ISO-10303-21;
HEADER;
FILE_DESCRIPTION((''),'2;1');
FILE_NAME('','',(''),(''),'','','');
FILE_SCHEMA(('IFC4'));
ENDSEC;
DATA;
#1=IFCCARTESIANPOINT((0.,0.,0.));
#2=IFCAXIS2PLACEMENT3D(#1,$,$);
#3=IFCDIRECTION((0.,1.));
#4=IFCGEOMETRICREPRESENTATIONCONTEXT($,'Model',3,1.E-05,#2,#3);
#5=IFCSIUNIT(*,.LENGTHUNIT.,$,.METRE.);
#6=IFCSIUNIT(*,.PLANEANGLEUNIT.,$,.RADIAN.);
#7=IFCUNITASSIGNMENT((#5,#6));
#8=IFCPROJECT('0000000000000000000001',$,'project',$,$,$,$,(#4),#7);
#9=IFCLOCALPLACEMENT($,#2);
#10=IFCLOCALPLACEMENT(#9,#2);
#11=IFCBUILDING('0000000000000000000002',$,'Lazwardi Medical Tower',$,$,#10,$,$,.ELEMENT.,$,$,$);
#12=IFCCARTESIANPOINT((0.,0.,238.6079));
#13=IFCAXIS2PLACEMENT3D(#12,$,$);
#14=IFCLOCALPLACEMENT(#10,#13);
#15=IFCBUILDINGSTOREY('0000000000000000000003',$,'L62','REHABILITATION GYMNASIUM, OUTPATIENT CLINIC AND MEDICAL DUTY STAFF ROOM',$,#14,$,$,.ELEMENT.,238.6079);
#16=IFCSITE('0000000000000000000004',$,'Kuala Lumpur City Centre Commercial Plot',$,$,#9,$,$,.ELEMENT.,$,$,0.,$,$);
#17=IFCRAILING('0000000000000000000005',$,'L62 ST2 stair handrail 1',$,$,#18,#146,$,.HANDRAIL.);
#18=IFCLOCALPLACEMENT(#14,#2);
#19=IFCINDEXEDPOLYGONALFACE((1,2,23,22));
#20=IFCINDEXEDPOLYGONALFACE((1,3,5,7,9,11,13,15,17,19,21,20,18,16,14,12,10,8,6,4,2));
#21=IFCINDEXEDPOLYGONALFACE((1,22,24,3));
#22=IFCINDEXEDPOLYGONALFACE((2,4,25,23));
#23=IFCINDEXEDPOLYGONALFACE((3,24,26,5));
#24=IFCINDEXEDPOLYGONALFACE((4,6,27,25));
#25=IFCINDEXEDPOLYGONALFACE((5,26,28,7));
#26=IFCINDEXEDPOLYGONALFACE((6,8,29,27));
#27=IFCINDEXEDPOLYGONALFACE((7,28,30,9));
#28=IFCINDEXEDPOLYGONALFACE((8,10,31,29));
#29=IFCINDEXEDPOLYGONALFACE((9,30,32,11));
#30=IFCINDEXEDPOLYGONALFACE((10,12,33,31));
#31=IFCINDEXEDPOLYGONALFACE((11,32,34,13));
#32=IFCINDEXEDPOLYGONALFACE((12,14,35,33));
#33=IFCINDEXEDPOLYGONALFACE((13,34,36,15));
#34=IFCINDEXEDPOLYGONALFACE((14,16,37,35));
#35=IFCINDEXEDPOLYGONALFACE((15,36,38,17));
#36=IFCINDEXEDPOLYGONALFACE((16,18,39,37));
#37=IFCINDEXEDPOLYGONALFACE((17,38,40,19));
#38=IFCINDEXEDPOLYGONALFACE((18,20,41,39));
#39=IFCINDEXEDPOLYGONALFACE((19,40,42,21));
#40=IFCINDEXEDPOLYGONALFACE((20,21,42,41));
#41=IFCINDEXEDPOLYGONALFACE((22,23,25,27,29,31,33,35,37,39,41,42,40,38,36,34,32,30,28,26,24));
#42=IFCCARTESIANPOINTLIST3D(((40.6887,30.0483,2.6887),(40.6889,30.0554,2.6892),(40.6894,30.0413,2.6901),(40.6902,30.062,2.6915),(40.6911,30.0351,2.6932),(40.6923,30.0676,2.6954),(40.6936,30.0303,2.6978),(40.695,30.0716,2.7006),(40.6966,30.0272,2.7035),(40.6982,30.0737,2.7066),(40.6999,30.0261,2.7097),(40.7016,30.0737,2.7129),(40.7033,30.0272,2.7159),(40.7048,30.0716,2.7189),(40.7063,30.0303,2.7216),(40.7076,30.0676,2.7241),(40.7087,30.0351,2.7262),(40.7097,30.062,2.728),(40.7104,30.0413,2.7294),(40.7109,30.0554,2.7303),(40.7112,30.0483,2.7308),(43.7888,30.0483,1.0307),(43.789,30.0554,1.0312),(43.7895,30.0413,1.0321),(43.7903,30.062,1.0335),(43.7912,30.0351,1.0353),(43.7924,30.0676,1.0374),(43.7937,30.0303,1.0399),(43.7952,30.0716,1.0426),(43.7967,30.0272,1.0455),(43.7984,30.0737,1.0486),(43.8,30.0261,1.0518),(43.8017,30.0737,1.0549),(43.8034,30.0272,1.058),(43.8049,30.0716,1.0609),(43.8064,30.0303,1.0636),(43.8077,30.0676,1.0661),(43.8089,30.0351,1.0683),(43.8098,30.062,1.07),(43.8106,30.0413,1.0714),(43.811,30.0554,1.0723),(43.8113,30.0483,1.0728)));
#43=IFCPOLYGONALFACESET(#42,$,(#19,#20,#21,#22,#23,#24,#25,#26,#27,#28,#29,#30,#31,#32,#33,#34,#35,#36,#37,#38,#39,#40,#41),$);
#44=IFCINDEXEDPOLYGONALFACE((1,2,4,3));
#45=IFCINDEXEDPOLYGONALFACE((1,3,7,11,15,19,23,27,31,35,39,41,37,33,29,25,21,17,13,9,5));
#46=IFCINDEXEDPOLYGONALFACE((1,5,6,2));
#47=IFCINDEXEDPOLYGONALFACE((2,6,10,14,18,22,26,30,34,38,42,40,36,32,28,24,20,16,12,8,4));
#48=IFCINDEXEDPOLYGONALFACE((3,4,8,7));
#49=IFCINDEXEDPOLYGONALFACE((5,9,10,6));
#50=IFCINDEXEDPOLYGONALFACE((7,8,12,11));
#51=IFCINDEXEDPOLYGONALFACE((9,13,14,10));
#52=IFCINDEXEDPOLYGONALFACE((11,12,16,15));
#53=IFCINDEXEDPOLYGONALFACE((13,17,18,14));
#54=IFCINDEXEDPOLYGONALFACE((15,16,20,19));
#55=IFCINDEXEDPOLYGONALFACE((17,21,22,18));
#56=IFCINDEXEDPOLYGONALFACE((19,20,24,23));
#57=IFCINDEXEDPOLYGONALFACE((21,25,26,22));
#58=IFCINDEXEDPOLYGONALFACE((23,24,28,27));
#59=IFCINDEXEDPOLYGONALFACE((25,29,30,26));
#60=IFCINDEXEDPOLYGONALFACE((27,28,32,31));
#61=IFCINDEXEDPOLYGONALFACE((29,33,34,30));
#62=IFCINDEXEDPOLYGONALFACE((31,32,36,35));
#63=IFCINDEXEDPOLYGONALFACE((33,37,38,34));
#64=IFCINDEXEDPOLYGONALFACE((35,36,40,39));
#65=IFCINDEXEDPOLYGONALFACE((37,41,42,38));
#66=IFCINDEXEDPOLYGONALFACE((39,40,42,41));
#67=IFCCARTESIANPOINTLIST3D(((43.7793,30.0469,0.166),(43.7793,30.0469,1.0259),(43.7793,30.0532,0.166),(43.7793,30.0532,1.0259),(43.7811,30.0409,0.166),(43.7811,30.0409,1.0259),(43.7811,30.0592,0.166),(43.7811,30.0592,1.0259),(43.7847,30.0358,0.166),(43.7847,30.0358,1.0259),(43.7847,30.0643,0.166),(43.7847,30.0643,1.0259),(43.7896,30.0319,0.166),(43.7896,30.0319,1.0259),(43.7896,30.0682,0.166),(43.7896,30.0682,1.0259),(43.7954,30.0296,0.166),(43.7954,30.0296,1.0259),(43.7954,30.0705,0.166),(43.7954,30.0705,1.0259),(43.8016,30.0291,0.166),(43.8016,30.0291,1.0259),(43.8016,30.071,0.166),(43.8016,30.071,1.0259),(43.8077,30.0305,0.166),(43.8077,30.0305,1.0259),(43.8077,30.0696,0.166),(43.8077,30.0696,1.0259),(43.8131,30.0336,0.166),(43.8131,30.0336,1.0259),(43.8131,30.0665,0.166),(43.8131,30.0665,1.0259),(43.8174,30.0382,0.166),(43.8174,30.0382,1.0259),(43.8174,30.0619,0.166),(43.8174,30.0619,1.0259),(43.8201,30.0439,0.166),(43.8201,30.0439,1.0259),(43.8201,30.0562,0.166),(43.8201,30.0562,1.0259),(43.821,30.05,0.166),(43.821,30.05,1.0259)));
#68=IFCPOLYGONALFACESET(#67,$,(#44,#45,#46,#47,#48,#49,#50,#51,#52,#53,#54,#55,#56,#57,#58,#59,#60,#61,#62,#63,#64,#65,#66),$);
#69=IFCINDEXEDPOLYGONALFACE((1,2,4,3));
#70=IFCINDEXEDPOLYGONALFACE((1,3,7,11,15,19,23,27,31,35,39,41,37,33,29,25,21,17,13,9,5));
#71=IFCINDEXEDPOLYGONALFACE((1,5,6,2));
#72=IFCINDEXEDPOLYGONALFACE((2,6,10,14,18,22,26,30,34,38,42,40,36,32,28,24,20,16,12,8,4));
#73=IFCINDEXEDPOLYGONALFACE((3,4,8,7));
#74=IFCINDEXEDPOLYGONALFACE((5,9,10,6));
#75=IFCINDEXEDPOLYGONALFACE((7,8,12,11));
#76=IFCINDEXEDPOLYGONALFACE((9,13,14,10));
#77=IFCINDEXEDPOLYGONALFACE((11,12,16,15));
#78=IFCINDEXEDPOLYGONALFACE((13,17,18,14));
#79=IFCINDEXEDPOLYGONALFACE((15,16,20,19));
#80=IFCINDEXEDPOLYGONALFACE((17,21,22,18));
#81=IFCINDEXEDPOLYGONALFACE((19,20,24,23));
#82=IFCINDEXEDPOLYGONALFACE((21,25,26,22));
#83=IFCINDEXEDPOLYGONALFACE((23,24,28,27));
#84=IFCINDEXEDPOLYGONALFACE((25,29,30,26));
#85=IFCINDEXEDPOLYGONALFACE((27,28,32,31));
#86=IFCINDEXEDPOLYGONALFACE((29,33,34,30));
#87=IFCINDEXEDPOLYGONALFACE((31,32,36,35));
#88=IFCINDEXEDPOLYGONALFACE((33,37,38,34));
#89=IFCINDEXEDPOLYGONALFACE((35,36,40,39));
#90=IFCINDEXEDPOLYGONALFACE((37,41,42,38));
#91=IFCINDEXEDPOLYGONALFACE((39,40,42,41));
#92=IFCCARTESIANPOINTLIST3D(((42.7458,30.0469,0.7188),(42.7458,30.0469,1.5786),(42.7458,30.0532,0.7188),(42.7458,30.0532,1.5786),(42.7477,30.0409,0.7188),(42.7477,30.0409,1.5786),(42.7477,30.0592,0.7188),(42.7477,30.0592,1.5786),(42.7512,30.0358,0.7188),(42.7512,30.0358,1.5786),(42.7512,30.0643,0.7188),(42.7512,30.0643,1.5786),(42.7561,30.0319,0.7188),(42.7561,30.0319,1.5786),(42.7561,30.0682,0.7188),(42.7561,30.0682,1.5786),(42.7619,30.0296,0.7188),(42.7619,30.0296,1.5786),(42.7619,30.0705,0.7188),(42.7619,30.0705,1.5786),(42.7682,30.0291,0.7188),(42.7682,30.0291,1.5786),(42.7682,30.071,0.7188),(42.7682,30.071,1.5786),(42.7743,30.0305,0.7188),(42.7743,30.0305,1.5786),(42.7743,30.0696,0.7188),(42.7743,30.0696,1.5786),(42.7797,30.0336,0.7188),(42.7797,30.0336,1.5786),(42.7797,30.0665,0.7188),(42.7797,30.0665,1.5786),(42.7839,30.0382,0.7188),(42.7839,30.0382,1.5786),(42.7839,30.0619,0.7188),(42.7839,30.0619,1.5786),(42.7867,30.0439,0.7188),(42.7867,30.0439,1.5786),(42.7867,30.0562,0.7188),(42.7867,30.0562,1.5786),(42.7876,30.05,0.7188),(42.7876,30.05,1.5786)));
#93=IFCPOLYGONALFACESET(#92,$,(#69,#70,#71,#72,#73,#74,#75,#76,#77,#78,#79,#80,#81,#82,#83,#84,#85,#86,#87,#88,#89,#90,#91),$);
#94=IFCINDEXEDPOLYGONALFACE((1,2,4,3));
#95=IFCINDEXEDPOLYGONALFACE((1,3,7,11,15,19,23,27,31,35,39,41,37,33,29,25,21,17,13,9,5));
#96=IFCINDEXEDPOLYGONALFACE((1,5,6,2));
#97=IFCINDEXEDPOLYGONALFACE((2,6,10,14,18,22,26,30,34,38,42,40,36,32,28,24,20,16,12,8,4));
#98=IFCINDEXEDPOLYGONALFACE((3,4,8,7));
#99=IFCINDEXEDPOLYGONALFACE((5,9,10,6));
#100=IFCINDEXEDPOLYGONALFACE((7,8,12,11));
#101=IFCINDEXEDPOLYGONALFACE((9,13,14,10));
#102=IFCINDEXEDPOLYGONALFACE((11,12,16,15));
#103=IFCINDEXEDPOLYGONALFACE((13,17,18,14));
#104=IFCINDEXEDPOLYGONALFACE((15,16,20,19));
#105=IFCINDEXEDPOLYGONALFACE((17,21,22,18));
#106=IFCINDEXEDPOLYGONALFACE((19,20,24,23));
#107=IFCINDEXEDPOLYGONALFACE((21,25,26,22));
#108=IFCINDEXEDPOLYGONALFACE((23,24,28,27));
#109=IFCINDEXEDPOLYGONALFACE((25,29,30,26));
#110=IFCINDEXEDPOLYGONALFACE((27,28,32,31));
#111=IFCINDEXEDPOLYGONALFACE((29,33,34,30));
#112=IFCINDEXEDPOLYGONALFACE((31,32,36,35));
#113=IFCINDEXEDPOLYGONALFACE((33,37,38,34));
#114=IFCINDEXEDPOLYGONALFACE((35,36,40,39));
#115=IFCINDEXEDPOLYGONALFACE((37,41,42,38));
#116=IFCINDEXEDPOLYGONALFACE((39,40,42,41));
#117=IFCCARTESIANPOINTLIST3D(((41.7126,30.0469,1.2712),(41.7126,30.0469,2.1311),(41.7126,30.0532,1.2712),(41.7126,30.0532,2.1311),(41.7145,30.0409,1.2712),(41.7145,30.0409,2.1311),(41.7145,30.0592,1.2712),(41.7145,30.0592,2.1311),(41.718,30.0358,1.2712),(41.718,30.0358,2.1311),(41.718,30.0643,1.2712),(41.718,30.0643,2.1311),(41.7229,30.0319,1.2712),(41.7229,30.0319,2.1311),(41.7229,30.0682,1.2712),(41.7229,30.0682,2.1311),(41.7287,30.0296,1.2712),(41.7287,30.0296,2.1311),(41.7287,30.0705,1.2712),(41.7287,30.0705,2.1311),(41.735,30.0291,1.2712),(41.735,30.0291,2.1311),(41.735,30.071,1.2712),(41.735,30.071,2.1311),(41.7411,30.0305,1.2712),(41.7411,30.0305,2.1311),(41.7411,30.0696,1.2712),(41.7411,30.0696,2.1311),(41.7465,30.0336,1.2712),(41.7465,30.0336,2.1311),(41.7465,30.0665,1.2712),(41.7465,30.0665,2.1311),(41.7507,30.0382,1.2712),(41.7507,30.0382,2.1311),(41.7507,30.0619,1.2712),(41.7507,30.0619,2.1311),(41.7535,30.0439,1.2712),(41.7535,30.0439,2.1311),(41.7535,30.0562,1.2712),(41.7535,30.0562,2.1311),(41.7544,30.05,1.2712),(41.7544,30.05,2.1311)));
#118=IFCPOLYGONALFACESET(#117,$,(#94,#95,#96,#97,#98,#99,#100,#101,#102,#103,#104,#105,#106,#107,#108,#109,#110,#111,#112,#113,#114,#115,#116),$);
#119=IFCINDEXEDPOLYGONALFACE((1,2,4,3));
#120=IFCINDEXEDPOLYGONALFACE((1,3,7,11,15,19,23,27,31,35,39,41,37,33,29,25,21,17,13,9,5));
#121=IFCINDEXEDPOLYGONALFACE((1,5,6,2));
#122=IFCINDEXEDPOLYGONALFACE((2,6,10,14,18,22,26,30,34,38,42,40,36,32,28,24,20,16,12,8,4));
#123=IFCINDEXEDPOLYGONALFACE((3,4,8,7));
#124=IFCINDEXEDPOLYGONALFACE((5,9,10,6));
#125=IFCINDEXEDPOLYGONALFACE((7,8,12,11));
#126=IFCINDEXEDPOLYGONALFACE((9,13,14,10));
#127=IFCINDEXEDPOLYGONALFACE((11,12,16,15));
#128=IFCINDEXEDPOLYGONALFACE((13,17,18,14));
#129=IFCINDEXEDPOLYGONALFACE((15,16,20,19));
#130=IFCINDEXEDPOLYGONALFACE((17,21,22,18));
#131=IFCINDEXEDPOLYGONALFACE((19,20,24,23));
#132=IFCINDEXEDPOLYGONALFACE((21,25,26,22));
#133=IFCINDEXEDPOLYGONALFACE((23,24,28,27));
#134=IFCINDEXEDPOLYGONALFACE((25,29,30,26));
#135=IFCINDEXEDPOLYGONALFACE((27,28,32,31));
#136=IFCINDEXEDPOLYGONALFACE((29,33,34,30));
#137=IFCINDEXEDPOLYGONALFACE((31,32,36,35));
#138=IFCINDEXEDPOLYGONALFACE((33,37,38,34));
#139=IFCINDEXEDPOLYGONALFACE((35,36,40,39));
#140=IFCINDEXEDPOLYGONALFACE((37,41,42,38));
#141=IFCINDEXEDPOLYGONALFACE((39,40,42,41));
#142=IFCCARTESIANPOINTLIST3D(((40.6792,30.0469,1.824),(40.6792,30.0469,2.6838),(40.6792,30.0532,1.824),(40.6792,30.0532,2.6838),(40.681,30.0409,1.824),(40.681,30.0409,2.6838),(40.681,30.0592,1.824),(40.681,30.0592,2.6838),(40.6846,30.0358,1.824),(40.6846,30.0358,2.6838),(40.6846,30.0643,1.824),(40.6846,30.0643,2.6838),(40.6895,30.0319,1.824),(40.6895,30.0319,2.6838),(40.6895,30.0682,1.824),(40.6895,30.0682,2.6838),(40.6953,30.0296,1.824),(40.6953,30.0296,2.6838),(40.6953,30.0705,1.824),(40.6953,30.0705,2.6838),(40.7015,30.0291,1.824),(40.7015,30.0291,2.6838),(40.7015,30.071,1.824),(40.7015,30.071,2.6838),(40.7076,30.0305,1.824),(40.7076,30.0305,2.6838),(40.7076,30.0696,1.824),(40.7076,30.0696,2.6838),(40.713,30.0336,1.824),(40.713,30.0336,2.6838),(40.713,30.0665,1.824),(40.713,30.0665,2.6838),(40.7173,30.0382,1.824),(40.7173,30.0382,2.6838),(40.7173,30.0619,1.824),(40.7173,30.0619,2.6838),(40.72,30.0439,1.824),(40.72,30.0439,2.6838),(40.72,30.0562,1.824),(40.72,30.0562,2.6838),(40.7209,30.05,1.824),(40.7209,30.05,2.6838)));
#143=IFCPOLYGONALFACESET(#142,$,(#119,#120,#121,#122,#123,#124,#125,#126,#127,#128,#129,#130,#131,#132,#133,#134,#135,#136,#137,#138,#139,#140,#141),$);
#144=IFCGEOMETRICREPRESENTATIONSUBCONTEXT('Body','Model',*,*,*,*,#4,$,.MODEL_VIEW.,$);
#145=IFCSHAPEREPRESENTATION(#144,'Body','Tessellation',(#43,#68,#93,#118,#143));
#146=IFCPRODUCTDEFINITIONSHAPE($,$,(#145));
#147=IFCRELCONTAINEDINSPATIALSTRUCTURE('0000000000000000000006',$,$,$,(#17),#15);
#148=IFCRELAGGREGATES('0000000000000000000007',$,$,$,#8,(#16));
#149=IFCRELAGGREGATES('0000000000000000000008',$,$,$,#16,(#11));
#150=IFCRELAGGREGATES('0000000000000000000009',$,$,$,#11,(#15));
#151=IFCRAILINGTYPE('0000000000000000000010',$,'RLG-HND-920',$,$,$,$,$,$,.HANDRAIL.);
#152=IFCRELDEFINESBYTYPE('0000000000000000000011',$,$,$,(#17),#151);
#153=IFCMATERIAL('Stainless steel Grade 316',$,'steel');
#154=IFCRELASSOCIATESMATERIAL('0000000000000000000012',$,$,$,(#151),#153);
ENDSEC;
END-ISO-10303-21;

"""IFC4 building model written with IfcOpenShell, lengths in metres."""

from ifc_helpers import new_model, si_unit, direction, frame, origin, origin_2d, place, context, subcontext, project, spatial, circle, extrude, material, type_object, element, save


model = new_model("IFC4")

# Units and contexts
model_context = context("Model", 3, precision=1e-05, world=origin(), true_north=direction((0.0, 1.0)))
body_context = subcontext(model_context, "Body", "Model", "MODEL_VIEW")
ifc_project = project(units=[si_unit("LENGTHUNIT", "METRE"), si_unit("PLANEANGLEUNIT", "RADIAN")], contexts=[model_context])

# Site, building, storey
site_placement = place(None, origin())
site = spatial("IfcSite", under=ifc_project, at=site_placement, Name="Kuala Lumpur City Centre Commercial Plot", CompositionType="ELEMENT", RefElevation=0.0)
building_placement = place(site_placement, origin())
building = spatial("IfcBuilding", under=site, at=building_placement, Name="Lazwardi Medical Tower", CompositionType="ELEMENT")
storey_placement = place(building_placement, frame((0.0, 0.0, 238.6079)))
storey = spatial("IfcBuildingStorey", under=building, at=storey_placement, Name="L62", Description="REHABILITATION GYMNASIUM, OUTPATIENT CLINIC AND MEDICAL DUTY STAFF ROOM", CompositionType="ELEMENT", Elevation=238.6079)

# Railing
ifc_material_1 = material(Name="Stainless steel Grade 316", Category="steel")
railing_type_1 = type_object("IfcRailingType", Name="RLG-HND-920", PredefinedType="HANDRAIL", material=ifc_material_1)
railing_1_placement = place(storey_placement, frame((43.8, 30.05, 0.166)))
element("IfcRailing", 1, at=railing_1_placement, inside=storey, type_object=railing_type_1, Name="L62 ST2 stair handrail 1", PredefinedType="HANDRAIL", context=body_context, shape_type="SweptSolid", body=[
    extrude(circle(Radius=0.0239, at=origin_2d()), frame((0.0, 0.0, 0.8857), z_axis=(-0.881812, 0.0, 0.471601), x_axis=(0.0, -1.0, 0.0)), (0.0, 0.0, 1.0), 3.5156),
    extrude(circle(Radius=0.021, at=origin_2d()), origin(), (0.0, 0.0, 1.0), 0.8599),
    extrude(circle(Radius=0.021, at=origin_2d()), frame((-1.0334, 0.0, 0.5527)), (0.0, 0.0, 1.0), 0.8599),
    extrude(circle(Radius=0.021, at=origin_2d()), frame((-2.0667, 0.0, 1.1052)), (0.0, 0.0, 1.0), 0.8599),
    extrude(circle(Radius=0.021, at=origin_2d()), frame((-3.1001, 0.0, 1.658)), (0.0, 0.0, 1.0), 0.8599),
])

save(model, "model.ifc")
